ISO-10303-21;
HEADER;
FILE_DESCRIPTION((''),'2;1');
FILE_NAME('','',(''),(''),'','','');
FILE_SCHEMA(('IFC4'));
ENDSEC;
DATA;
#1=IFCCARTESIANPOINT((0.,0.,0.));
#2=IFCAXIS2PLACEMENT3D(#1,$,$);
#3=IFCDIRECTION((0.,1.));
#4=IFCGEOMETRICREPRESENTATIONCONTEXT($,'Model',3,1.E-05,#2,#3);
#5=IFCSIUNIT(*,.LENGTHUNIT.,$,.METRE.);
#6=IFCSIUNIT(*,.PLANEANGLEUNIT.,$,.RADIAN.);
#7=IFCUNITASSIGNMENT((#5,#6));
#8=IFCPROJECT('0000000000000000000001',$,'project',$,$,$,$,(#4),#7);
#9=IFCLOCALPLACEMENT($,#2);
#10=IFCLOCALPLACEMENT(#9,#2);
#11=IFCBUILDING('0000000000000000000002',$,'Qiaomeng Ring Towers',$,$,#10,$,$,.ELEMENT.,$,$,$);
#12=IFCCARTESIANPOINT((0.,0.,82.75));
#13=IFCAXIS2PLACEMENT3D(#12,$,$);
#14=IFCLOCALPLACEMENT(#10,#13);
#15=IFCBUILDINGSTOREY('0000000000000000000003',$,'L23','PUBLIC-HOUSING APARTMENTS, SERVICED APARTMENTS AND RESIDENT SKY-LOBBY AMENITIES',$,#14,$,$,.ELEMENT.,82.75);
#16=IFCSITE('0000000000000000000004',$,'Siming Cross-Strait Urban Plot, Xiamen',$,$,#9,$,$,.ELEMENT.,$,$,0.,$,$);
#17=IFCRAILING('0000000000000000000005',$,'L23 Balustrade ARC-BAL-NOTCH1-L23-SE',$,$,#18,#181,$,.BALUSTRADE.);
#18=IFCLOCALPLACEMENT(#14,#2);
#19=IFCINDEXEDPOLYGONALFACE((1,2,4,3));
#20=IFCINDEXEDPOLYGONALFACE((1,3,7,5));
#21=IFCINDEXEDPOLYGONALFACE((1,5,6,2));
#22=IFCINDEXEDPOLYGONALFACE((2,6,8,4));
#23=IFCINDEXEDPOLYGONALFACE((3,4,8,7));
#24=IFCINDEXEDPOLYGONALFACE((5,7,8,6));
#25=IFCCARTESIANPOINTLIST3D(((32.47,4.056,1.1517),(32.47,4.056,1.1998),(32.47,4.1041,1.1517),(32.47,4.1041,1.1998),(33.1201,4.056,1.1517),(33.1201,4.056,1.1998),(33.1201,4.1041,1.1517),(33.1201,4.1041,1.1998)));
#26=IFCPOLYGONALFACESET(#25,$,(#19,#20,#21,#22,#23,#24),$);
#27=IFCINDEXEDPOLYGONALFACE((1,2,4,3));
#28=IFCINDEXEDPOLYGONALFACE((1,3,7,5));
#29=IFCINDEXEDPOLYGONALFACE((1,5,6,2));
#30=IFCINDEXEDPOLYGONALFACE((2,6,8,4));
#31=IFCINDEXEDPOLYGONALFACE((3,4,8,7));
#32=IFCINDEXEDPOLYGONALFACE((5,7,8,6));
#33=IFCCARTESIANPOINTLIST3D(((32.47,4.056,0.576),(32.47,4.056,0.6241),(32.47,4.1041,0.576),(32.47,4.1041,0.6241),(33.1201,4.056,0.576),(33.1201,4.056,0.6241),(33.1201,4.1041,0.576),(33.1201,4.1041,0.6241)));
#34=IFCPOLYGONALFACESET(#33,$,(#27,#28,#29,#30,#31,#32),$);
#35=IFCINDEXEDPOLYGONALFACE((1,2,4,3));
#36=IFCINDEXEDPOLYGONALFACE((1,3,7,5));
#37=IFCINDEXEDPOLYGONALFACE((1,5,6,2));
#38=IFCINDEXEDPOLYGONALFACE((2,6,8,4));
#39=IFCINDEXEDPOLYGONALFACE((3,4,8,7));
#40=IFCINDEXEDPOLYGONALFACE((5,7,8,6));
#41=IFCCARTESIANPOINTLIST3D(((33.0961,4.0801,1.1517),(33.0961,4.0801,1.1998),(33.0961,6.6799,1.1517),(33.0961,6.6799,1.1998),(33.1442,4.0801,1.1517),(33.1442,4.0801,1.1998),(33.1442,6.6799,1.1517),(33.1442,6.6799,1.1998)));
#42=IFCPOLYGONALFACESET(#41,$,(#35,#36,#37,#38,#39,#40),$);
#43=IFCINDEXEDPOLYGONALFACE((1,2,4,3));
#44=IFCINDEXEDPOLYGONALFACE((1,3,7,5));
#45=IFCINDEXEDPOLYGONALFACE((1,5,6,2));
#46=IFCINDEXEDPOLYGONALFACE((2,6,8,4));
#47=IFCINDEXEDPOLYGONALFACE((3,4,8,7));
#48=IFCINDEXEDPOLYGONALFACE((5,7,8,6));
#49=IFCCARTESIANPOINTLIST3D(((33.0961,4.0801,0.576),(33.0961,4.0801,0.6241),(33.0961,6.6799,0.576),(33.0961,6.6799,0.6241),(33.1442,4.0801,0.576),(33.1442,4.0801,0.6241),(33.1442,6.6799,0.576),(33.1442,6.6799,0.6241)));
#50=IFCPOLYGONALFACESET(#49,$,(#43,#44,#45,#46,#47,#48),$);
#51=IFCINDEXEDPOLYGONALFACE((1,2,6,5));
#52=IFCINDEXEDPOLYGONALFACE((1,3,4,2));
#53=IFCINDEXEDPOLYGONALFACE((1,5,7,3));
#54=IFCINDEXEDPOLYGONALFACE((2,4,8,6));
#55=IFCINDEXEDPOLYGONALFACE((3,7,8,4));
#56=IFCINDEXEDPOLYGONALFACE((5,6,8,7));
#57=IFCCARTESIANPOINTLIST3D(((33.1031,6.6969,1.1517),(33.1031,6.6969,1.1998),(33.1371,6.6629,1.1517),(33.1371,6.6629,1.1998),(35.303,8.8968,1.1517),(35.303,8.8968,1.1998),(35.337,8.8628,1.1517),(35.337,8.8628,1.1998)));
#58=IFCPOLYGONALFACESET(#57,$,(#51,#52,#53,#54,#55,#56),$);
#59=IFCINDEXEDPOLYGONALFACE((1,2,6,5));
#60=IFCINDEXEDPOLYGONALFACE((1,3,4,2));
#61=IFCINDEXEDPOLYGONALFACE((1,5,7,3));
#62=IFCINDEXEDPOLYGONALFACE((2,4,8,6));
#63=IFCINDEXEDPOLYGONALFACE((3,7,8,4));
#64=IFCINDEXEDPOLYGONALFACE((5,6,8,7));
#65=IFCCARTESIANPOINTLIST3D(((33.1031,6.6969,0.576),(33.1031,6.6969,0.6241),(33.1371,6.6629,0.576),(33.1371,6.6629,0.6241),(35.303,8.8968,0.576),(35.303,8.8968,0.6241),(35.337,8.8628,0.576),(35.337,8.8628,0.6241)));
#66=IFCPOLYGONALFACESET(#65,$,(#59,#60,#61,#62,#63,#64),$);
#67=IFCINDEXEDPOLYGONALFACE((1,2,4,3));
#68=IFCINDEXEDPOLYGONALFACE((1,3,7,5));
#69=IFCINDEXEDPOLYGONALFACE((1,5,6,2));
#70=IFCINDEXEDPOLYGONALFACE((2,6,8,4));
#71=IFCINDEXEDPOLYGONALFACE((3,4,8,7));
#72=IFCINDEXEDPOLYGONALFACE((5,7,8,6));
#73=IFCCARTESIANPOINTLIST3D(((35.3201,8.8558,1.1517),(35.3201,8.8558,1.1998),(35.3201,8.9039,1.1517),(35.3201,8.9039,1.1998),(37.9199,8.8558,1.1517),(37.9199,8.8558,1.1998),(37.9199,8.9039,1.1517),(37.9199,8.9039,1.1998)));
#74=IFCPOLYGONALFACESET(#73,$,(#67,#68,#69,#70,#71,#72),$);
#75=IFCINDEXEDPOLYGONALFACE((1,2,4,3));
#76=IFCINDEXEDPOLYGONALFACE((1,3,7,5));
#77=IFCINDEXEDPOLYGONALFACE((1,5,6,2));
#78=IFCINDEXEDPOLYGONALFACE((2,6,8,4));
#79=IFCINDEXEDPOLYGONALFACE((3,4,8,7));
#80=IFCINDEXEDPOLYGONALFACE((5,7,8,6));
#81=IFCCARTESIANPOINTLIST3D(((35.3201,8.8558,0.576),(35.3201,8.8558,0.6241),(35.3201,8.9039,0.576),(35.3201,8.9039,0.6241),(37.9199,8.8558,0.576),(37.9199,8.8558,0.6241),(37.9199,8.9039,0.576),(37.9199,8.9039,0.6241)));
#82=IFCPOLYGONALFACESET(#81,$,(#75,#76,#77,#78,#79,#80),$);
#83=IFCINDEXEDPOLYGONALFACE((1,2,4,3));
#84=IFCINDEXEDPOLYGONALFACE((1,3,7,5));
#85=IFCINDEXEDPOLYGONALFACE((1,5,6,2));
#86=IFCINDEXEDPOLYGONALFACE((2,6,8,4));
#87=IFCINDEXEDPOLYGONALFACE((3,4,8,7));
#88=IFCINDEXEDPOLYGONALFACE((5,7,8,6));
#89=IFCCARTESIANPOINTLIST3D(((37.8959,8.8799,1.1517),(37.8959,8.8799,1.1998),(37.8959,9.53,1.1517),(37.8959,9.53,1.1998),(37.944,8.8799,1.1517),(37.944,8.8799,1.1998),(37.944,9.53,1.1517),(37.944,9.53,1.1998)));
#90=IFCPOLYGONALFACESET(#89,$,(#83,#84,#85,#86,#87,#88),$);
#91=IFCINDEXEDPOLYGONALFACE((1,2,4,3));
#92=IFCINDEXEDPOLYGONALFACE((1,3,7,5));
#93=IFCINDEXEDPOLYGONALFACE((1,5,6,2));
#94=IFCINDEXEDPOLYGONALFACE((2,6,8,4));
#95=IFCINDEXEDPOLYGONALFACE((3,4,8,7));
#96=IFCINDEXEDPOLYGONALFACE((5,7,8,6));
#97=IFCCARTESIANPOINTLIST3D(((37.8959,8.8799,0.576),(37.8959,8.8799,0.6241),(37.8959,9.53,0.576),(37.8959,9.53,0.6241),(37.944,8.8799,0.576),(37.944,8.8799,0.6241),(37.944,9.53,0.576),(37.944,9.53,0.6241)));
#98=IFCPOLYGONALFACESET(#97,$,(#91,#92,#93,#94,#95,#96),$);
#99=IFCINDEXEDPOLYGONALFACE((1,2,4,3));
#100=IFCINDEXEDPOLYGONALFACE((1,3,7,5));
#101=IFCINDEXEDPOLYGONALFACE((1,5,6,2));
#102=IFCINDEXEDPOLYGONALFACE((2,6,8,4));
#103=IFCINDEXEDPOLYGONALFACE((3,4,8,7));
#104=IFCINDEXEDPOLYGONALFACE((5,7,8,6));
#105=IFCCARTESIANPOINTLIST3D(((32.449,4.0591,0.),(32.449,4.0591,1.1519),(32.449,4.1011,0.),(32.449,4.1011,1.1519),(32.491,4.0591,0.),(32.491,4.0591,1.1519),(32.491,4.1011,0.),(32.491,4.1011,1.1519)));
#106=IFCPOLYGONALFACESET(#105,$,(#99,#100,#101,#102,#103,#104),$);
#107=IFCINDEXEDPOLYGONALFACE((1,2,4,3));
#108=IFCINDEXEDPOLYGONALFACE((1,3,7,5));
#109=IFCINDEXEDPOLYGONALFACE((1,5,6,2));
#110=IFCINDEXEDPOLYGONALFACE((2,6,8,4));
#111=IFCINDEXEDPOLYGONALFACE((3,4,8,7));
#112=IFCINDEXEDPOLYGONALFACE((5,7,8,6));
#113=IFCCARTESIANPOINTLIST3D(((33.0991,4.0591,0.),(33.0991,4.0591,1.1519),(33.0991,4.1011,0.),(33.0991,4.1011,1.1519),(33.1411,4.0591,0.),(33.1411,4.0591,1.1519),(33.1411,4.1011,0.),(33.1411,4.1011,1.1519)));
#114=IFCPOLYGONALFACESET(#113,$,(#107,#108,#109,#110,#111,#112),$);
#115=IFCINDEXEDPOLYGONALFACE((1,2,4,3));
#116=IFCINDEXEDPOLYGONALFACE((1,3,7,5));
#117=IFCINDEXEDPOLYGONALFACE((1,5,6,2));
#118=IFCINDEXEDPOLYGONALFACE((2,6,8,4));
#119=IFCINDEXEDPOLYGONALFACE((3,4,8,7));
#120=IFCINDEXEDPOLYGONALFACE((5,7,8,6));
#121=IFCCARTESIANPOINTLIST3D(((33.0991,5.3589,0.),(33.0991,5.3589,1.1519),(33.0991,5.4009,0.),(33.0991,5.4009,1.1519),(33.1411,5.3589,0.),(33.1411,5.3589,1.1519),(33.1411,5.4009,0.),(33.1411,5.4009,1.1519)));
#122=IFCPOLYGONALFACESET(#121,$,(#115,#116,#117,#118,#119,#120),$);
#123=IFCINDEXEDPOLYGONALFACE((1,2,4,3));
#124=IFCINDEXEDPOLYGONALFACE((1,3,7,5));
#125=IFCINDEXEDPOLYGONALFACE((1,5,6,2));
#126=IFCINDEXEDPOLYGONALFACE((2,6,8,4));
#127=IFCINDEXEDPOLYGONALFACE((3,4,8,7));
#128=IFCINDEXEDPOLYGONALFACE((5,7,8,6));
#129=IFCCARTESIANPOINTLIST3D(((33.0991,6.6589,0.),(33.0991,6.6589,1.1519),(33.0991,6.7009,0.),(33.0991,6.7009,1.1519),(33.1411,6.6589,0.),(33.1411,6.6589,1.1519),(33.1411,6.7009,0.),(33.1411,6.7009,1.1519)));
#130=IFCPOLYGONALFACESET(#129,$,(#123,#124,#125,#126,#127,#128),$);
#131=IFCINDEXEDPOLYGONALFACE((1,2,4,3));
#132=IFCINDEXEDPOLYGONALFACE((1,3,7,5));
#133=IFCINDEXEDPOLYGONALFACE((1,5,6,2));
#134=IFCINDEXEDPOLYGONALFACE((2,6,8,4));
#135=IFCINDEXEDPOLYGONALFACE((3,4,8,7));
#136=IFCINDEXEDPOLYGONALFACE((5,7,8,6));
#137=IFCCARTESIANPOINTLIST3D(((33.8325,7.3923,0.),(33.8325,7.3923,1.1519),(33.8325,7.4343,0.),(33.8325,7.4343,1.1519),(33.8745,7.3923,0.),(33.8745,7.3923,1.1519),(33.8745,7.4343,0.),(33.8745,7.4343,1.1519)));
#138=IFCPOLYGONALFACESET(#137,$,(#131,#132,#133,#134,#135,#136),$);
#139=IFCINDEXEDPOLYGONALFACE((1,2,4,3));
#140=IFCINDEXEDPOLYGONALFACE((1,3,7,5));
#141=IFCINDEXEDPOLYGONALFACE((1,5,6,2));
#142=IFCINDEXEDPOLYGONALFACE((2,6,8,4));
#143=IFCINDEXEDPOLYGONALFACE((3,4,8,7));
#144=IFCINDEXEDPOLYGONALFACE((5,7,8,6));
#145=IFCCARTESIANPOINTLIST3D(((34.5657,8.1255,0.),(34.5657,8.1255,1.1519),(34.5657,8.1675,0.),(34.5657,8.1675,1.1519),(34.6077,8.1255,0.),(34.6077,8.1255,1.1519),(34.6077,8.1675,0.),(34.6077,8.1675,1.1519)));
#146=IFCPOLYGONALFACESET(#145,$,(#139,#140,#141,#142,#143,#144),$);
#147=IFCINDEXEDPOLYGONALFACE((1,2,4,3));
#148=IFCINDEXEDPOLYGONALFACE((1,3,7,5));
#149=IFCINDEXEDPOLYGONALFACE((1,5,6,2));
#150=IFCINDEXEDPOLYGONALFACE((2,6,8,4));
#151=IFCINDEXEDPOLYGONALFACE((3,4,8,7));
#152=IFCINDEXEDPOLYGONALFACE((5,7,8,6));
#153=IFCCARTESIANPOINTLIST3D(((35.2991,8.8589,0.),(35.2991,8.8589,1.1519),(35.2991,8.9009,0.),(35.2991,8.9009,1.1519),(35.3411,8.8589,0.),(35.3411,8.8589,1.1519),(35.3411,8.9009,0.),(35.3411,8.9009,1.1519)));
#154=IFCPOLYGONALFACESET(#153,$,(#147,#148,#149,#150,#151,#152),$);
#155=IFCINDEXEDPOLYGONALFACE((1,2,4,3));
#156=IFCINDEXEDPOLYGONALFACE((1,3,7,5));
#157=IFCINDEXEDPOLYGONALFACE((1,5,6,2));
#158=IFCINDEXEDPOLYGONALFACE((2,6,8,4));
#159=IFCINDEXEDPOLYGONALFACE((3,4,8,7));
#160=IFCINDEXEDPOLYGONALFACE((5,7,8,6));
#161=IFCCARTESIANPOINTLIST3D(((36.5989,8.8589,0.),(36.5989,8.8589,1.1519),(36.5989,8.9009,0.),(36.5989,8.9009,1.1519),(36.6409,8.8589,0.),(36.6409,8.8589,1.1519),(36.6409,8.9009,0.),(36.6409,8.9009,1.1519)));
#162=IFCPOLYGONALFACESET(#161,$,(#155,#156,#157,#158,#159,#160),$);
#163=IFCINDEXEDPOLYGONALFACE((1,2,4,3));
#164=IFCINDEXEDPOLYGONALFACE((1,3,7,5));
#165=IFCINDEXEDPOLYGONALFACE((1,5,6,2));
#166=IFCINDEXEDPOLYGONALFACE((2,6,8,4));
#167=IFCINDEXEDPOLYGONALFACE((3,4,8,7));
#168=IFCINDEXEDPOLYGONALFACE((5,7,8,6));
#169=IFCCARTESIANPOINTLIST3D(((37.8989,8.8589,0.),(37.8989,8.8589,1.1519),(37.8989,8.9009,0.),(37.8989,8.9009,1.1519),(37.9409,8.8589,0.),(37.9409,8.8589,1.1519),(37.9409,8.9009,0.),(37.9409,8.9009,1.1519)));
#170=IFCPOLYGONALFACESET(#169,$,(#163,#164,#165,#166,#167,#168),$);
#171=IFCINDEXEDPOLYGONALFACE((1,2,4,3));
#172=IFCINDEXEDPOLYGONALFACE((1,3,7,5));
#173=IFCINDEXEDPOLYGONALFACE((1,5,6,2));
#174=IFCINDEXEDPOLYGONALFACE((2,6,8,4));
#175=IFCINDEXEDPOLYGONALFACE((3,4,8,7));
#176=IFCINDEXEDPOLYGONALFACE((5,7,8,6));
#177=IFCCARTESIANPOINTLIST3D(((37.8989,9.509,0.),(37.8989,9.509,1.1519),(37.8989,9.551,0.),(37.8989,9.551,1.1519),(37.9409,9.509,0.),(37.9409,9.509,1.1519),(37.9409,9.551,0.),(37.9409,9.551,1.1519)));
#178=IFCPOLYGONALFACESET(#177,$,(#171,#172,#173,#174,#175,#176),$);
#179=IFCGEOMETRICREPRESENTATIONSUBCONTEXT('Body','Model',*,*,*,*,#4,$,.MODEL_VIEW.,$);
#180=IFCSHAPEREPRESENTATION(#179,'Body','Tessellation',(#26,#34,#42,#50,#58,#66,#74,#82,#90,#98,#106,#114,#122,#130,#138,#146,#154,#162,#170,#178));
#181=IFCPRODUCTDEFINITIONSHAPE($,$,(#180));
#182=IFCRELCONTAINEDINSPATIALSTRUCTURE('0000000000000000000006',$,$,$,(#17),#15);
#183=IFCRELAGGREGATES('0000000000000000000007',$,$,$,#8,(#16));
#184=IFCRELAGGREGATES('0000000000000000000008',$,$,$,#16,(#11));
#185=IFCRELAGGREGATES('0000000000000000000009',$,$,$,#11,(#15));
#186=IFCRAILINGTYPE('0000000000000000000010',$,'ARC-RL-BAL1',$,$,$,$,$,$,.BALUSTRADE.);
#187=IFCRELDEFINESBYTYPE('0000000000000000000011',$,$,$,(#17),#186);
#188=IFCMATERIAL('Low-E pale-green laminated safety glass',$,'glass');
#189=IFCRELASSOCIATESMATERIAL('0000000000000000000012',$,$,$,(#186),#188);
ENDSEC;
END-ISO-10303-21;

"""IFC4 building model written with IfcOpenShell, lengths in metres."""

from ifc_helpers import new_model, si_unit, direction, frame, origin, origin_2d, place, context, subcontext, project, spatial, rectangle, extrude, material, type_object, element, save


model = new_model("IFC4")

# Units and contexts
model_context = context("Model", 3, precision=1e-05, world=origin(), true_north=direction((0.0, 1.0)))
body_context = subcontext(model_context, "Body", "Model", "MODEL_VIEW")
ifc_project = project(units=[si_unit("LENGTHUNIT", "METRE"), si_unit("PLANEANGLEUNIT", "RADIAN")], contexts=[model_context])

# Site, building, storey
site_placement = place(None, origin())
site = spatial("IfcSite", under=ifc_project, at=site_placement, Name="Siming Cross-Strait Urban Plot, Xiamen", CompositionType="ELEMENT", RefElevation=0.0)
building_placement = place(site_placement, origin())
building = spatial("IfcBuilding", under=site, at=building_placement, Name="Qiaomeng Ring Towers", CompositionType="ELEMENT")
storey_placement = place(building_placement, frame((0.0, 0.0, 82.75)))
storey = spatial("IfcBuildingStorey", under=building, at=storey_placement, Name="L23", Description="PUBLIC-HOUSING APARTMENTS, SERVICED APARTMENTS AND RESIDENT SKY-LOBBY AMENITIES", CompositionType="ELEMENT", Elevation=82.75)

# Railing
ifc_material_1 = material(Name="Low-E pale-green laminated safety glass", Category="glass")
railing_type = type_object("IfcRailingType", Name="ARC-RL-BAL1", PredefinedType="BALUSTRADE", material=ifc_material_1)
railing_placement = place(storey_placement, frame((32.47, 4.0801, 0.0)))
element("IfcRailing", 1, at=railing_placement, inside=storey, type_object=railing_type, Name="L23 Balustrade ARC-BAL-NOTCH1-L23-SE", PredefinedType="BALUSTRADE", context=body_context, shape_type="SweptSolid", body=[
    extrude(rectangle(XDim=0.0481, YDim=0.0481, at=origin_2d()), frame((0.0, 0.0, 1.1758), z_axis=(1.0, 0.0, 0.0), x_axis=(0.0, 1.0, 0.0)), (0.0, 0.0, 1.0), 0.6501),
    extrude(rectangle(XDim=0.0481, YDim=0.0481, at=origin_2d()), frame((0.0, 0.0, 0.6001), z_axis=(1.0, 0.0, 0.0), x_axis=(0.0, 1.0, 0.0)), (0.0, 0.0, 1.0), 0.6501),
    extrude(rectangle(XDim=0.0481, YDim=0.0481, at=origin_2d()), frame((0.6501, 0.0, 1.1758), z_axis=(0.0, 1.0, 0.0), x_axis=(-1.0, 0.0, 0.0)), (0.0, 0.0, 1.0), 2.5999),
    extrude(rectangle(XDim=0.0481, YDim=0.0481, at=origin_2d()), frame((0.6501, 0.0, 0.6001), z_axis=(0.0, 1.0, 0.0), x_axis=(-1.0, 0.0, 0.0)), (0.0, 0.0, 1.0), 2.5999),
    extrude(rectangle(XDim=0.0481, YDim=0.0481, at=origin_2d()), frame((0.6501, 2.5999, 1.1758), z_axis=(0.707107, 0.707107, 0.0), x_axis=(-0.707107, 0.707107, 0.0)), (0.0, 0.0, 1.0), 3.1111),
    extrude(rectangle(XDim=0.0481, YDim=0.0481, at=origin_2d()), frame((0.6501, 2.5999, 0.6001), z_axis=(0.707107, 0.707107, 0.0), x_axis=(-0.707107, 0.707107, 0.0)), (0.0, 0.0, 1.0), 3.1111),
    extrude(rectangle(XDim=0.0481, YDim=0.0481, at=origin_2d()), frame((2.8501, 4.7998, 1.1758), z_axis=(1.0, 0.0, 0.0), x_axis=(0.0, 1.0, 0.0)), (0.0, 0.0, 1.0), 2.5999),
    extrude(rectangle(XDim=0.0481, YDim=0.0481, at=origin_2d()), frame((2.8501, 4.7998, 0.6001), z_axis=(1.0, 0.0, 0.0), x_axis=(0.0, 1.0, 0.0)), (0.0, 0.0, 1.0), 2.5999),
    extrude(rectangle(XDim=0.0481, YDim=0.0481, at=origin_2d()), frame((5.45, 4.7998, 1.1758), z_axis=(0.0, 1.0, 0.0), x_axis=(-1.0, 0.0, 0.0)), (0.0, 0.0, 1.0), 0.6501),
    extrude(rectangle(XDim=0.0481, YDim=0.0481, at=origin_2d()), frame((5.45, 4.7998, 0.6001), z_axis=(0.0, 1.0, 0.0), x_axis=(-1.0, 0.0, 0.0)), (0.0, 0.0, 1.0), 0.6501),
    extrude(rectangle(XDim=0.042, YDim=0.042, at=origin_2d()), origin(), (0.0, 0.0, 1.0), 1.1519),
    extrude(rectangle(XDim=0.042, YDim=0.042, at=origin_2d()), frame((0.6501, 0.0, 0.0)), (0.0, 0.0, 1.0), 1.1519),
    extrude(rectangle(XDim=0.042, YDim=0.042, at=origin_2d()), frame((0.6501, 1.2998, 0.0)), (0.0, 0.0, 1.0), 1.1519),
    extrude(rectangle(XDim=0.042, YDim=0.042, at=origin_2d()), frame((0.6501, 2.5999, 0.0)), (0.0, 0.0, 1.0), 1.1519),
    extrude(rectangle(XDim=0.042, YDim=0.042, at=origin_2d()), frame((1.3835, 3.3333, 0.0)), (0.0, 0.0, 1.0), 1.1519),
    extrude(rectangle(XDim=0.042, YDim=0.042, at=origin_2d()), frame((2.1167, 4.0664, 0.0)), (0.0, 0.0, 1.0), 1.1519),
    extrude(rectangle(XDim=0.042, YDim=0.042, at=origin_2d()), frame((2.8501, 4.7998, 0.0)), (0.0, 0.0, 1.0), 1.1519),
    extrude(rectangle(XDim=0.042, YDim=0.042, at=origin_2d()), frame((4.1499, 4.7998, 0.0)), (0.0, 0.0, 1.0), 1.1519),
    extrude(rectangle(XDim=0.042, YDim=0.042, at=origin_2d()), frame((5.45, 4.7998, 0.0)), (0.0, 0.0, 1.0), 1.1519),
    extrude(rectangle(XDim=0.042, YDim=0.042, at=origin_2d()), frame((5.45, 5.45, 0.0)), (0.0, 0.0, 1.0), 1.1519),
])

save(model, "model.ifc")
